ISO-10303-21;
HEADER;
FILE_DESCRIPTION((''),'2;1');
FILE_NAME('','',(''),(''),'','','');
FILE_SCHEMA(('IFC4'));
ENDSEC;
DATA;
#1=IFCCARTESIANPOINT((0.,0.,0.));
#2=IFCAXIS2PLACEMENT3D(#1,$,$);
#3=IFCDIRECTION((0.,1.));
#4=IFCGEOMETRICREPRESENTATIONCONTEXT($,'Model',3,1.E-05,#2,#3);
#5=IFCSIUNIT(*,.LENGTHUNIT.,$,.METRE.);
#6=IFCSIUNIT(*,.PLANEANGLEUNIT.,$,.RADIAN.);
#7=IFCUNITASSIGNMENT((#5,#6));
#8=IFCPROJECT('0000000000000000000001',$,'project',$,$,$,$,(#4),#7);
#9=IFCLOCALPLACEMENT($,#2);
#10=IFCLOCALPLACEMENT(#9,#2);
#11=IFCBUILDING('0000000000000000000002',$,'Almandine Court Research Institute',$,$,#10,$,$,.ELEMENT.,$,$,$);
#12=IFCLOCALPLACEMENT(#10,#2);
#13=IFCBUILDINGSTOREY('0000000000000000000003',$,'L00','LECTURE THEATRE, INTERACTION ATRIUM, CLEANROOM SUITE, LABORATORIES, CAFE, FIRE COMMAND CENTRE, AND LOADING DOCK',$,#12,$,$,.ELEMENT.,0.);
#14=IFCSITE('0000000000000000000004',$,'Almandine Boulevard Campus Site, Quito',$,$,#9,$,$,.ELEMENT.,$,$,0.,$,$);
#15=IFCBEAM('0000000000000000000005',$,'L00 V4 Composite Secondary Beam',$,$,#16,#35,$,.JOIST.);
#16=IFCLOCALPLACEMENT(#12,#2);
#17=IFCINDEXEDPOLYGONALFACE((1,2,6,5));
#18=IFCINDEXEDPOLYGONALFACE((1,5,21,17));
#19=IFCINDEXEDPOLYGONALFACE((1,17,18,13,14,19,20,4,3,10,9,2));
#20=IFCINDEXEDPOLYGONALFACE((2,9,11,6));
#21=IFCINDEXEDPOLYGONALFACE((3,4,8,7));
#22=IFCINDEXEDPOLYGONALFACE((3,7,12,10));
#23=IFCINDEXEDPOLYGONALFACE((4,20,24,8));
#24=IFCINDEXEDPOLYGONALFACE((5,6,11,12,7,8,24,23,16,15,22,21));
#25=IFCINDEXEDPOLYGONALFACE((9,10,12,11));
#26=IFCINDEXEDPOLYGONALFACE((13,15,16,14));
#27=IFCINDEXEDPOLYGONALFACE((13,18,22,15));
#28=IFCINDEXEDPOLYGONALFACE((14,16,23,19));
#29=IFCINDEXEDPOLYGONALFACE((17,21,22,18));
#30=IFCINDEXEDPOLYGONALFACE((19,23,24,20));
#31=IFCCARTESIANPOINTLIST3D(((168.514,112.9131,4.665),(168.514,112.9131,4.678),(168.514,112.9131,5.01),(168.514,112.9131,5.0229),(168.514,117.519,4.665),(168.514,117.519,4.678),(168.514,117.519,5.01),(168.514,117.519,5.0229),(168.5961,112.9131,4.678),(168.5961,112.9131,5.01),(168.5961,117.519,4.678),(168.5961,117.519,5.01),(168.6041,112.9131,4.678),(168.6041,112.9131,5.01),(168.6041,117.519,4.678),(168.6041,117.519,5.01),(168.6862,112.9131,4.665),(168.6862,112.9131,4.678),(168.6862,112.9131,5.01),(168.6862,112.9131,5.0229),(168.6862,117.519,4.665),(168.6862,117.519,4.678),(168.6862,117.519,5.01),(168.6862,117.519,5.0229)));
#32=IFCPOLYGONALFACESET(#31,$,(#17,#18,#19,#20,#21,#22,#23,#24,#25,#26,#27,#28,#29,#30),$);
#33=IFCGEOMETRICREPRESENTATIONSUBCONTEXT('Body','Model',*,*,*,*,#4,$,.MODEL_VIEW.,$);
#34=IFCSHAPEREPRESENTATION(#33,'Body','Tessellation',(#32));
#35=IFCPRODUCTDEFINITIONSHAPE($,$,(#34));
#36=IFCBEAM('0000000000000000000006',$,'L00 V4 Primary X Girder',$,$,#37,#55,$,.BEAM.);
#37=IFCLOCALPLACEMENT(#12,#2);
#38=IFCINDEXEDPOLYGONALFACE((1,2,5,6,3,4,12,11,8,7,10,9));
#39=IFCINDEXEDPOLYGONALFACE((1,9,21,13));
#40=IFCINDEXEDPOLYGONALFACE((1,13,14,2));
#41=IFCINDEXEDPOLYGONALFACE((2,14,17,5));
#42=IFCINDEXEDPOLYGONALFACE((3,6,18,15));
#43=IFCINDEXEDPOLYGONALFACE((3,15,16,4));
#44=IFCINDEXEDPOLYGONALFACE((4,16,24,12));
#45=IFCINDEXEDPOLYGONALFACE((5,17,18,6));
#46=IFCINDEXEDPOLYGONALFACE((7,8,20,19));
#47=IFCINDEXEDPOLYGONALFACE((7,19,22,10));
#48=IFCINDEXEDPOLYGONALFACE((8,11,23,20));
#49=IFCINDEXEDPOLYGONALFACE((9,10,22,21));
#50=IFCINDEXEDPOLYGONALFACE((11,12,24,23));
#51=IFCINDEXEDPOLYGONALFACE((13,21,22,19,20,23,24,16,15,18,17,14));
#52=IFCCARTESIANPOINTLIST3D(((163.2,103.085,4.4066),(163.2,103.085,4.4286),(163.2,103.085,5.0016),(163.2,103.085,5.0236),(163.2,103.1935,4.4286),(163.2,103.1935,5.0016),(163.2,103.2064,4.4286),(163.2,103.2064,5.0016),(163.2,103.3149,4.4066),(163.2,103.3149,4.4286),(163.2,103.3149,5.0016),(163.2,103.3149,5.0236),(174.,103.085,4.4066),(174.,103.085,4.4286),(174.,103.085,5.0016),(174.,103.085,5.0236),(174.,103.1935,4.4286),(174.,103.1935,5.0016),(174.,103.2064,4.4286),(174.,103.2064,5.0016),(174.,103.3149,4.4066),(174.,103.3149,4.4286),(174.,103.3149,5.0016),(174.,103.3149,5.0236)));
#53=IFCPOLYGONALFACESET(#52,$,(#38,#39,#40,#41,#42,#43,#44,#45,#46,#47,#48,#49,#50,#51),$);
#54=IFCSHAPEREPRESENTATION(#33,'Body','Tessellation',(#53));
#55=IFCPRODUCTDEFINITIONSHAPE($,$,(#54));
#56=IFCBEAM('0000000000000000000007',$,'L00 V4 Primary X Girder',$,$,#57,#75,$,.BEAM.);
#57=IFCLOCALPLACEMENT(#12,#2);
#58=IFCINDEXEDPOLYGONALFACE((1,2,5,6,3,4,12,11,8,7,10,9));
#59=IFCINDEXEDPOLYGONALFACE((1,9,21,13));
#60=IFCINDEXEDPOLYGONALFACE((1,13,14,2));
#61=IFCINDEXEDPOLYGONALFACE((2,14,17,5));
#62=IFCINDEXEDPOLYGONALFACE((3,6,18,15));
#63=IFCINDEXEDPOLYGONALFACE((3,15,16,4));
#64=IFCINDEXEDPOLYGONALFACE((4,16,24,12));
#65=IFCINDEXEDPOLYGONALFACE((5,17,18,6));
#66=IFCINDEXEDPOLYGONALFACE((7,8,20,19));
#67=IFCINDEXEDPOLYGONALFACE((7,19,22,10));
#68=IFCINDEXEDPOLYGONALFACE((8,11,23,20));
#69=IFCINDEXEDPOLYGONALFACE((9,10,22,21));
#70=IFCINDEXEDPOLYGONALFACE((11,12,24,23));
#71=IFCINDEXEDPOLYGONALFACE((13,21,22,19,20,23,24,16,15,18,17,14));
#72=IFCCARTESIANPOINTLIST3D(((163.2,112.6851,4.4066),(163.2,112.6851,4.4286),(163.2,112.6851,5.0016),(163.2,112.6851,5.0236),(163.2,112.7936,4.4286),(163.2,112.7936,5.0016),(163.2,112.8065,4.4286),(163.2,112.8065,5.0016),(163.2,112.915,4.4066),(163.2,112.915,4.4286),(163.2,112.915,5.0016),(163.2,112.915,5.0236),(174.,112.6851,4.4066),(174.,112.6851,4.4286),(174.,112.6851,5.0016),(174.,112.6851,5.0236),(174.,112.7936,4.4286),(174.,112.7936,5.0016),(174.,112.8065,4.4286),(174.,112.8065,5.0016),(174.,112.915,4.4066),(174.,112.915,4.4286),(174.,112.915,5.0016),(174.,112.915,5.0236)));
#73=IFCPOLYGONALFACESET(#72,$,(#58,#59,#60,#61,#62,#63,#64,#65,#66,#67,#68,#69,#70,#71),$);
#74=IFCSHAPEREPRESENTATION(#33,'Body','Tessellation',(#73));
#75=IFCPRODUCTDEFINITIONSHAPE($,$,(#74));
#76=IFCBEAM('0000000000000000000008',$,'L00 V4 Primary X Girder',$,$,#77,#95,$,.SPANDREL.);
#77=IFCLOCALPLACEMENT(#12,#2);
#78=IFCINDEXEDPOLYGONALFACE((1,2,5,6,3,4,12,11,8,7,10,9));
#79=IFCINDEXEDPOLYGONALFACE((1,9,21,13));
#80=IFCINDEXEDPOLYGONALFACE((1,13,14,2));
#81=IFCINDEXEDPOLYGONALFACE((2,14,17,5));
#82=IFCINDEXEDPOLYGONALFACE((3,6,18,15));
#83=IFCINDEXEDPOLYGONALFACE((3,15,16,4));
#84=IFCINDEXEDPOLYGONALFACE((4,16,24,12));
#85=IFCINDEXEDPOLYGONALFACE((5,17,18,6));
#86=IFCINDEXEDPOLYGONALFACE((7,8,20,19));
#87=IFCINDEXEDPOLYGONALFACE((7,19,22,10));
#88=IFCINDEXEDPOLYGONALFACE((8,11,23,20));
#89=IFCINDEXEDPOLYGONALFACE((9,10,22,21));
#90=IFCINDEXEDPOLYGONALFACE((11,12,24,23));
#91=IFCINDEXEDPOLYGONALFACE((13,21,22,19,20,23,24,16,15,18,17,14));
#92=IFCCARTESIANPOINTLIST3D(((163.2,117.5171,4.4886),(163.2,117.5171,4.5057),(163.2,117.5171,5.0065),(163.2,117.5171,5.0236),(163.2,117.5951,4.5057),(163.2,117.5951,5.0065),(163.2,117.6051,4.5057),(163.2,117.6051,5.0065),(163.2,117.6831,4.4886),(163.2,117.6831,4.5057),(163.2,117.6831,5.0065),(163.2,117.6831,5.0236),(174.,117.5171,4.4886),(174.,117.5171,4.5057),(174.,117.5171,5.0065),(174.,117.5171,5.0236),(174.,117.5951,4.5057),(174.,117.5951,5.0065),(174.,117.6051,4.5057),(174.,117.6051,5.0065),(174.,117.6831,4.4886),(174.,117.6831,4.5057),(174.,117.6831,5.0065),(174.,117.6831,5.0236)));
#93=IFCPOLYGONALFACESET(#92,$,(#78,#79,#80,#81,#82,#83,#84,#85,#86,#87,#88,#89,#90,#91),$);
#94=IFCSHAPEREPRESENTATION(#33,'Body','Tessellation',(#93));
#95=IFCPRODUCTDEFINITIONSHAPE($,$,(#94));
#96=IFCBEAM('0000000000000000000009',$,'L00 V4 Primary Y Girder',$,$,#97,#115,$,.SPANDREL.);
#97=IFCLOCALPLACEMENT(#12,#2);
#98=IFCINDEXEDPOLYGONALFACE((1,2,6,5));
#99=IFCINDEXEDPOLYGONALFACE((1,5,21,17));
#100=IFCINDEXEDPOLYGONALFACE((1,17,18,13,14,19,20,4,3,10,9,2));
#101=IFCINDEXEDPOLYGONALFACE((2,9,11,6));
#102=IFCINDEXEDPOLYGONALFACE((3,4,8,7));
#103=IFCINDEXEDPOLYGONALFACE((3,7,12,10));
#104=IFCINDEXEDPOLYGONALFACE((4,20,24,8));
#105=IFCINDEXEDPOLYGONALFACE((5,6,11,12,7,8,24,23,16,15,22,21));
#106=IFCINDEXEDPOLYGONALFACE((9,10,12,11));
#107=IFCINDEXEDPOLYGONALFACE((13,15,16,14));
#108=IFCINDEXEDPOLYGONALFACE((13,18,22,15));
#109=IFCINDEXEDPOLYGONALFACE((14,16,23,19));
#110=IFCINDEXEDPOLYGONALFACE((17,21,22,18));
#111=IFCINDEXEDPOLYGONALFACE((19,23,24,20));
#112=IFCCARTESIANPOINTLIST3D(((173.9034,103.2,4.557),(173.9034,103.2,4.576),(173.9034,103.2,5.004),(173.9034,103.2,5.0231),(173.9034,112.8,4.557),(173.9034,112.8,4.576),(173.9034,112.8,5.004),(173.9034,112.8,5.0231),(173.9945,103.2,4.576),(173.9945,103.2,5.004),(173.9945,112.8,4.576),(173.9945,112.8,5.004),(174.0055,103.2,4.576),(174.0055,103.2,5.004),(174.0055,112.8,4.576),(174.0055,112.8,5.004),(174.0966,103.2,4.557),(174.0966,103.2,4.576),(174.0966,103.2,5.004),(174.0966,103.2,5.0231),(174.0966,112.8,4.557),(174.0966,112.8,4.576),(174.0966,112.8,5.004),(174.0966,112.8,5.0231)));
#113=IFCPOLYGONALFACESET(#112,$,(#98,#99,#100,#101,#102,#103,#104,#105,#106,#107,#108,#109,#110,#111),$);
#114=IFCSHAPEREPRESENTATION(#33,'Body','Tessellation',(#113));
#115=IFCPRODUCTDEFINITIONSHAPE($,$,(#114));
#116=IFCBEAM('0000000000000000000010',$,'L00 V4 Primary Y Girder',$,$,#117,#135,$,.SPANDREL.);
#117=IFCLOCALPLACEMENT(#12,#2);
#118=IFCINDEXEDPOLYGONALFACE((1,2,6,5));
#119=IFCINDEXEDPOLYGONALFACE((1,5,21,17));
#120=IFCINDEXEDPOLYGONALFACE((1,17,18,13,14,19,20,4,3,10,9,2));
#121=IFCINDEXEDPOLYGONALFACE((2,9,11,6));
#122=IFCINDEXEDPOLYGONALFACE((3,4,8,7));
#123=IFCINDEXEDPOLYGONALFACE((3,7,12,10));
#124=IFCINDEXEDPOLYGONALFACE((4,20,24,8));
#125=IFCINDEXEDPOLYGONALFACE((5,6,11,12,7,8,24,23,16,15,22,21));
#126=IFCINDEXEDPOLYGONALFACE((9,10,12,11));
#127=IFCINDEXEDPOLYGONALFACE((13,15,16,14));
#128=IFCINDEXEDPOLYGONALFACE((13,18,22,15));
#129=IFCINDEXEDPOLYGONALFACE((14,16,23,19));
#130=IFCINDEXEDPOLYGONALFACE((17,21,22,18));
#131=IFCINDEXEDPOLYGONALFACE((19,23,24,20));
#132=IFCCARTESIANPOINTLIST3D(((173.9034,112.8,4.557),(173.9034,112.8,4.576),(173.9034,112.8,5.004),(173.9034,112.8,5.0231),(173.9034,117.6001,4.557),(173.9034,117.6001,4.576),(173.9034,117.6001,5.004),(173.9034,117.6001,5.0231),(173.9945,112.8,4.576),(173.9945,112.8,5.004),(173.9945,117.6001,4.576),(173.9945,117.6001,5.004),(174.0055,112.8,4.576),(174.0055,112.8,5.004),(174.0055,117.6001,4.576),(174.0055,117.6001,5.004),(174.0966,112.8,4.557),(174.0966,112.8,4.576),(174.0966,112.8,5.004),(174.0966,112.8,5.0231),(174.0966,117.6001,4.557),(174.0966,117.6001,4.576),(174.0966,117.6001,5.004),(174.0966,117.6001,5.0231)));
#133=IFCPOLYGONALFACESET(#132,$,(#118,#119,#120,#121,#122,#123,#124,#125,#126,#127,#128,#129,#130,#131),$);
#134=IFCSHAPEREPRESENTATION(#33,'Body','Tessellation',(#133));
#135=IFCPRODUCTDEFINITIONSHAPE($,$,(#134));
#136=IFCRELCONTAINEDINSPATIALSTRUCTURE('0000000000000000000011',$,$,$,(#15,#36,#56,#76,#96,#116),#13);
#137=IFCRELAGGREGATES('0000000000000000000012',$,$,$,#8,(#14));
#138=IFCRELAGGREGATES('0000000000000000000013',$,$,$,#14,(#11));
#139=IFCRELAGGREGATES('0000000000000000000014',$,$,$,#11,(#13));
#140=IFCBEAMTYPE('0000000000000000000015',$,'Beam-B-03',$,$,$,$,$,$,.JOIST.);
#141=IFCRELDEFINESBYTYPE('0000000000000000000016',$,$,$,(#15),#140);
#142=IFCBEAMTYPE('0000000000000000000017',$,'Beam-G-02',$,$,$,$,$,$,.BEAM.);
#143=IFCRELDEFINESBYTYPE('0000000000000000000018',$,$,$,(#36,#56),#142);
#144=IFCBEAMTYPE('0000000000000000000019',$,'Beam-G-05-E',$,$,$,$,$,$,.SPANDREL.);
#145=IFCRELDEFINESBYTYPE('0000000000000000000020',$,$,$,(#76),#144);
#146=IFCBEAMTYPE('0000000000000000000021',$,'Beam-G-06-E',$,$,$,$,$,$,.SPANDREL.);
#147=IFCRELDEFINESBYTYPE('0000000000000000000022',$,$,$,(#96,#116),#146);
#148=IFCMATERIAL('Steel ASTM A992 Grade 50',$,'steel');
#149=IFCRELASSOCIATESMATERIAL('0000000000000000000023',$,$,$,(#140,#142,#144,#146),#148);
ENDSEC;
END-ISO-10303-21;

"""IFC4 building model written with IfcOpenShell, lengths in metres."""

from ifc_helpers import new_model, si_unit, direction, frame, origin, origin_2d, place, context, subcontext, project, spatial, i_section, extrude, material, material_profile, profile_set, type_object, element, save


model = new_model("IFC4")

# Units and contexts
model_context = context("Model", 3, precision=1e-05, world=origin(), true_north=direction((0.0, 1.0)))
body_context = subcontext(model_context, "Body", "Model", "MODEL_VIEW")
ifc_project = project(units=[si_unit("LENGTHUNIT", "METRE"), si_unit("PLANEANGLEUNIT", "RADIAN")], contexts=[model_context])

# Site, building, storey
site_placement = place(None, origin())
site = spatial("IfcSite", under=ifc_project, at=site_placement, Name="Almandine Boulevard Campus Site, Quito", CompositionType="ELEMENT", RefElevation=0.0)
building_placement = place(site_placement, origin())
building = spatial("IfcBuilding", under=site, at=building_placement, Name="Almandine Court Research Institute", CompositionType="ELEMENT")
storey_placement = place(building_placement, origin())
storey = spatial("IfcBuildingStorey", under=building, at=storey_placement, Name="L00", Description="LECTURE THEATRE, INTERACTION ATRIUM, CLEANROOM SUITE, LABORATORIES, CAFE, FIRE COMMAND CENTRE, AND LOADING DOCK", CompositionType="ELEMENT", Elevation=0.0)

# Shared definitions
ifc_material_1 = material(Name="Steel ASTM A992 Grade 50", Category="steel")

# Beams
ifc_material_profile_1 = material_profile(ifc_material_1, i_section(OverallWidth=0.1721, OverallDepth=0.3579, WebThickness=0.0081, FlangeThickness=0.0129, at=origin_2d()), Name="W360x57")
ifc_profile_set_1 = profile_set([ifc_material_profile_1], Name="Steel ASTM A992 Grade 50")
beam_type_1 = type_object("IfcBeamType", Name="Beam-B-03", PredefinedType="JOIST", material=ifc_profile_set_1)
beam_1_placement = place(storey_placement, frame((168.6001, 112.9131, 4.844), z_axis=(0.0, 1.0, 0.0), x_axis=(-1.0, 0.0, 0.0)))
element("IfcBeam", 1, at=beam_1_placement, inside=storey, type_object=beam_type_1, Name="L00 V4 Composite Secondary Beam", PredefinedType="JOIST", context=body_context, shape_type="SweptSolid", body=[
    extrude(i_section(OverallWidth=0.1721, OverallDepth=0.3579, WebThickness=0.0081, FlangeThickness=0.0129, at=origin_2d()), origin(), (0.0, 0.0, 1.0), 4.606),
])
ifc_material_profile_2 = material_profile(ifc_material_1, i_section(OverallWidth=0.23, OverallDepth=0.6169, WebThickness=0.0129, FlangeThickness=0.022, at=origin_2d()), Name="W610x140")
ifc_profile_set_2 = profile_set([ifc_material_profile_2], Name="Steel ASTM A992 Grade 50")
beam_type_2 = type_object("IfcBeamType", Name="Beam-G-02", PredefinedType="BEAM", material=ifc_profile_set_2)
for number, where, z_axis, x_axis, name in (
    (2, (163.2, 103.2, 4.7151), (1.0, 0.0, 0.0), (0.0, 1.0, 0.0), "L00 V4 Primary X Girder"),
    (3, (163.2, 112.8, 4.7151), (1.0, 0.0, 0.0), (0.0, 1.0, 0.0), "L00 V4 Primary X Girder"),
):
    element("IfcBeam", number, at=place(storey_placement, frame(where, z_axis=z_axis, x_axis=x_axis)), inside=storey, type_object=beam_type_2, Name=name, PredefinedType="BEAM", context=body_context, shape_type="SweptSolid", body=[
        extrude(i_section(OverallWidth=0.23, OverallDepth=0.6169, WebThickness=0.0129, FlangeThickness=0.022, at=origin_2d()), origin(), (0.0, 0.0, 1.0), 10.8),
    ])
ifc_material_profile_3 = material_profile(ifc_material_1, i_section(OverallWidth=0.166, OverallDepth=0.5349, WebThickness=0.01, FlangeThickness=0.0171, at=origin_2d()), Name="W530x85")
ifc_profile_set_3 = profile_set([ifc_material_profile_3], Name="Steel ASTM A992 Grade 50")
beam_type_3 = type_object("IfcBeamType", Name="Beam-G-05-E", PredefinedType="SPANDREL", material=ifc_profile_set_3)
beam_2_placement = place(storey_placement, frame((163.2, 117.6001, 4.7561), z_axis=(1.0, 0.0, 0.0), x_axis=(0.0, 1.0, 0.0)))
element("IfcBeam", 4, at=beam_2_placement, inside=storey, type_object=beam_type_3, Name="L00 V4 Primary X Girder", PredefinedType="SPANDREL", context=body_context, shape_type="SweptSolid", body=[
    extrude(i_section(OverallWidth=0.166, OverallDepth=0.5349, WebThickness=0.01, FlangeThickness=0.0171, at=origin_2d()), origin(), (0.0, 0.0, 1.0), 10.8),
])
ifc_material_profile_4 = material_profile(ifc_material_1, i_section(OverallWidth=0.1931, OverallDepth=0.4661, WebThickness=0.011, FlangeThickness=0.019, at=origin_2d()), Name="W460x97")
ifc_profile_set_4 = profile_set([ifc_material_profile_4], Name="Steel ASTM A992 Grade 50")
beam_type_4 = type_object("IfcBeamType", Name="Beam-G-06-E", PredefinedType="SPANDREL", material=ifc_profile_set_4)
beam_3_placement = place(storey_placement, frame((174.0, 103.2, 4.79), z_axis=(0.0, 1.0, 0.0), x_axis=(-1.0, 0.0, 0.0)))
element("IfcBeam", 5, at=beam_3_placement, inside=storey, type_object=beam_type_4, Name="L00 V4 Primary Y Girder", PredefinedType="SPANDREL", context=body_context, shape_type="SweptSolid", body=[
    extrude(i_section(OverallWidth=0.1931, OverallDepth=0.4661, WebThickness=0.011, FlangeThickness=0.019, at=origin_2d()), origin(), (0.0, 0.0, 1.0), 9.6001),
])
beam_4_placement = place(storey_placement, frame((174.0, 112.8, 4.79), z_axis=(0.0, 1.0, 0.0), x_axis=(-1.0, 0.0, 0.0)))
element("IfcBeam", 6, at=beam_4_placement, inside=storey, type_object=beam_type_4, Name="L00 V4 Primary Y Girder", PredefinedType="SPANDREL", context=body_context, shape_type="SweptSolid", body=[
    extrude(i_section(OverallWidth=0.1931, OverallDepth=0.4661, WebThickness=0.011, FlangeThickness=0.019, at=origin_2d()), origin(), (0.0, 0.0, 1.0), 4.8),
])

save(model, "model.ifc")
